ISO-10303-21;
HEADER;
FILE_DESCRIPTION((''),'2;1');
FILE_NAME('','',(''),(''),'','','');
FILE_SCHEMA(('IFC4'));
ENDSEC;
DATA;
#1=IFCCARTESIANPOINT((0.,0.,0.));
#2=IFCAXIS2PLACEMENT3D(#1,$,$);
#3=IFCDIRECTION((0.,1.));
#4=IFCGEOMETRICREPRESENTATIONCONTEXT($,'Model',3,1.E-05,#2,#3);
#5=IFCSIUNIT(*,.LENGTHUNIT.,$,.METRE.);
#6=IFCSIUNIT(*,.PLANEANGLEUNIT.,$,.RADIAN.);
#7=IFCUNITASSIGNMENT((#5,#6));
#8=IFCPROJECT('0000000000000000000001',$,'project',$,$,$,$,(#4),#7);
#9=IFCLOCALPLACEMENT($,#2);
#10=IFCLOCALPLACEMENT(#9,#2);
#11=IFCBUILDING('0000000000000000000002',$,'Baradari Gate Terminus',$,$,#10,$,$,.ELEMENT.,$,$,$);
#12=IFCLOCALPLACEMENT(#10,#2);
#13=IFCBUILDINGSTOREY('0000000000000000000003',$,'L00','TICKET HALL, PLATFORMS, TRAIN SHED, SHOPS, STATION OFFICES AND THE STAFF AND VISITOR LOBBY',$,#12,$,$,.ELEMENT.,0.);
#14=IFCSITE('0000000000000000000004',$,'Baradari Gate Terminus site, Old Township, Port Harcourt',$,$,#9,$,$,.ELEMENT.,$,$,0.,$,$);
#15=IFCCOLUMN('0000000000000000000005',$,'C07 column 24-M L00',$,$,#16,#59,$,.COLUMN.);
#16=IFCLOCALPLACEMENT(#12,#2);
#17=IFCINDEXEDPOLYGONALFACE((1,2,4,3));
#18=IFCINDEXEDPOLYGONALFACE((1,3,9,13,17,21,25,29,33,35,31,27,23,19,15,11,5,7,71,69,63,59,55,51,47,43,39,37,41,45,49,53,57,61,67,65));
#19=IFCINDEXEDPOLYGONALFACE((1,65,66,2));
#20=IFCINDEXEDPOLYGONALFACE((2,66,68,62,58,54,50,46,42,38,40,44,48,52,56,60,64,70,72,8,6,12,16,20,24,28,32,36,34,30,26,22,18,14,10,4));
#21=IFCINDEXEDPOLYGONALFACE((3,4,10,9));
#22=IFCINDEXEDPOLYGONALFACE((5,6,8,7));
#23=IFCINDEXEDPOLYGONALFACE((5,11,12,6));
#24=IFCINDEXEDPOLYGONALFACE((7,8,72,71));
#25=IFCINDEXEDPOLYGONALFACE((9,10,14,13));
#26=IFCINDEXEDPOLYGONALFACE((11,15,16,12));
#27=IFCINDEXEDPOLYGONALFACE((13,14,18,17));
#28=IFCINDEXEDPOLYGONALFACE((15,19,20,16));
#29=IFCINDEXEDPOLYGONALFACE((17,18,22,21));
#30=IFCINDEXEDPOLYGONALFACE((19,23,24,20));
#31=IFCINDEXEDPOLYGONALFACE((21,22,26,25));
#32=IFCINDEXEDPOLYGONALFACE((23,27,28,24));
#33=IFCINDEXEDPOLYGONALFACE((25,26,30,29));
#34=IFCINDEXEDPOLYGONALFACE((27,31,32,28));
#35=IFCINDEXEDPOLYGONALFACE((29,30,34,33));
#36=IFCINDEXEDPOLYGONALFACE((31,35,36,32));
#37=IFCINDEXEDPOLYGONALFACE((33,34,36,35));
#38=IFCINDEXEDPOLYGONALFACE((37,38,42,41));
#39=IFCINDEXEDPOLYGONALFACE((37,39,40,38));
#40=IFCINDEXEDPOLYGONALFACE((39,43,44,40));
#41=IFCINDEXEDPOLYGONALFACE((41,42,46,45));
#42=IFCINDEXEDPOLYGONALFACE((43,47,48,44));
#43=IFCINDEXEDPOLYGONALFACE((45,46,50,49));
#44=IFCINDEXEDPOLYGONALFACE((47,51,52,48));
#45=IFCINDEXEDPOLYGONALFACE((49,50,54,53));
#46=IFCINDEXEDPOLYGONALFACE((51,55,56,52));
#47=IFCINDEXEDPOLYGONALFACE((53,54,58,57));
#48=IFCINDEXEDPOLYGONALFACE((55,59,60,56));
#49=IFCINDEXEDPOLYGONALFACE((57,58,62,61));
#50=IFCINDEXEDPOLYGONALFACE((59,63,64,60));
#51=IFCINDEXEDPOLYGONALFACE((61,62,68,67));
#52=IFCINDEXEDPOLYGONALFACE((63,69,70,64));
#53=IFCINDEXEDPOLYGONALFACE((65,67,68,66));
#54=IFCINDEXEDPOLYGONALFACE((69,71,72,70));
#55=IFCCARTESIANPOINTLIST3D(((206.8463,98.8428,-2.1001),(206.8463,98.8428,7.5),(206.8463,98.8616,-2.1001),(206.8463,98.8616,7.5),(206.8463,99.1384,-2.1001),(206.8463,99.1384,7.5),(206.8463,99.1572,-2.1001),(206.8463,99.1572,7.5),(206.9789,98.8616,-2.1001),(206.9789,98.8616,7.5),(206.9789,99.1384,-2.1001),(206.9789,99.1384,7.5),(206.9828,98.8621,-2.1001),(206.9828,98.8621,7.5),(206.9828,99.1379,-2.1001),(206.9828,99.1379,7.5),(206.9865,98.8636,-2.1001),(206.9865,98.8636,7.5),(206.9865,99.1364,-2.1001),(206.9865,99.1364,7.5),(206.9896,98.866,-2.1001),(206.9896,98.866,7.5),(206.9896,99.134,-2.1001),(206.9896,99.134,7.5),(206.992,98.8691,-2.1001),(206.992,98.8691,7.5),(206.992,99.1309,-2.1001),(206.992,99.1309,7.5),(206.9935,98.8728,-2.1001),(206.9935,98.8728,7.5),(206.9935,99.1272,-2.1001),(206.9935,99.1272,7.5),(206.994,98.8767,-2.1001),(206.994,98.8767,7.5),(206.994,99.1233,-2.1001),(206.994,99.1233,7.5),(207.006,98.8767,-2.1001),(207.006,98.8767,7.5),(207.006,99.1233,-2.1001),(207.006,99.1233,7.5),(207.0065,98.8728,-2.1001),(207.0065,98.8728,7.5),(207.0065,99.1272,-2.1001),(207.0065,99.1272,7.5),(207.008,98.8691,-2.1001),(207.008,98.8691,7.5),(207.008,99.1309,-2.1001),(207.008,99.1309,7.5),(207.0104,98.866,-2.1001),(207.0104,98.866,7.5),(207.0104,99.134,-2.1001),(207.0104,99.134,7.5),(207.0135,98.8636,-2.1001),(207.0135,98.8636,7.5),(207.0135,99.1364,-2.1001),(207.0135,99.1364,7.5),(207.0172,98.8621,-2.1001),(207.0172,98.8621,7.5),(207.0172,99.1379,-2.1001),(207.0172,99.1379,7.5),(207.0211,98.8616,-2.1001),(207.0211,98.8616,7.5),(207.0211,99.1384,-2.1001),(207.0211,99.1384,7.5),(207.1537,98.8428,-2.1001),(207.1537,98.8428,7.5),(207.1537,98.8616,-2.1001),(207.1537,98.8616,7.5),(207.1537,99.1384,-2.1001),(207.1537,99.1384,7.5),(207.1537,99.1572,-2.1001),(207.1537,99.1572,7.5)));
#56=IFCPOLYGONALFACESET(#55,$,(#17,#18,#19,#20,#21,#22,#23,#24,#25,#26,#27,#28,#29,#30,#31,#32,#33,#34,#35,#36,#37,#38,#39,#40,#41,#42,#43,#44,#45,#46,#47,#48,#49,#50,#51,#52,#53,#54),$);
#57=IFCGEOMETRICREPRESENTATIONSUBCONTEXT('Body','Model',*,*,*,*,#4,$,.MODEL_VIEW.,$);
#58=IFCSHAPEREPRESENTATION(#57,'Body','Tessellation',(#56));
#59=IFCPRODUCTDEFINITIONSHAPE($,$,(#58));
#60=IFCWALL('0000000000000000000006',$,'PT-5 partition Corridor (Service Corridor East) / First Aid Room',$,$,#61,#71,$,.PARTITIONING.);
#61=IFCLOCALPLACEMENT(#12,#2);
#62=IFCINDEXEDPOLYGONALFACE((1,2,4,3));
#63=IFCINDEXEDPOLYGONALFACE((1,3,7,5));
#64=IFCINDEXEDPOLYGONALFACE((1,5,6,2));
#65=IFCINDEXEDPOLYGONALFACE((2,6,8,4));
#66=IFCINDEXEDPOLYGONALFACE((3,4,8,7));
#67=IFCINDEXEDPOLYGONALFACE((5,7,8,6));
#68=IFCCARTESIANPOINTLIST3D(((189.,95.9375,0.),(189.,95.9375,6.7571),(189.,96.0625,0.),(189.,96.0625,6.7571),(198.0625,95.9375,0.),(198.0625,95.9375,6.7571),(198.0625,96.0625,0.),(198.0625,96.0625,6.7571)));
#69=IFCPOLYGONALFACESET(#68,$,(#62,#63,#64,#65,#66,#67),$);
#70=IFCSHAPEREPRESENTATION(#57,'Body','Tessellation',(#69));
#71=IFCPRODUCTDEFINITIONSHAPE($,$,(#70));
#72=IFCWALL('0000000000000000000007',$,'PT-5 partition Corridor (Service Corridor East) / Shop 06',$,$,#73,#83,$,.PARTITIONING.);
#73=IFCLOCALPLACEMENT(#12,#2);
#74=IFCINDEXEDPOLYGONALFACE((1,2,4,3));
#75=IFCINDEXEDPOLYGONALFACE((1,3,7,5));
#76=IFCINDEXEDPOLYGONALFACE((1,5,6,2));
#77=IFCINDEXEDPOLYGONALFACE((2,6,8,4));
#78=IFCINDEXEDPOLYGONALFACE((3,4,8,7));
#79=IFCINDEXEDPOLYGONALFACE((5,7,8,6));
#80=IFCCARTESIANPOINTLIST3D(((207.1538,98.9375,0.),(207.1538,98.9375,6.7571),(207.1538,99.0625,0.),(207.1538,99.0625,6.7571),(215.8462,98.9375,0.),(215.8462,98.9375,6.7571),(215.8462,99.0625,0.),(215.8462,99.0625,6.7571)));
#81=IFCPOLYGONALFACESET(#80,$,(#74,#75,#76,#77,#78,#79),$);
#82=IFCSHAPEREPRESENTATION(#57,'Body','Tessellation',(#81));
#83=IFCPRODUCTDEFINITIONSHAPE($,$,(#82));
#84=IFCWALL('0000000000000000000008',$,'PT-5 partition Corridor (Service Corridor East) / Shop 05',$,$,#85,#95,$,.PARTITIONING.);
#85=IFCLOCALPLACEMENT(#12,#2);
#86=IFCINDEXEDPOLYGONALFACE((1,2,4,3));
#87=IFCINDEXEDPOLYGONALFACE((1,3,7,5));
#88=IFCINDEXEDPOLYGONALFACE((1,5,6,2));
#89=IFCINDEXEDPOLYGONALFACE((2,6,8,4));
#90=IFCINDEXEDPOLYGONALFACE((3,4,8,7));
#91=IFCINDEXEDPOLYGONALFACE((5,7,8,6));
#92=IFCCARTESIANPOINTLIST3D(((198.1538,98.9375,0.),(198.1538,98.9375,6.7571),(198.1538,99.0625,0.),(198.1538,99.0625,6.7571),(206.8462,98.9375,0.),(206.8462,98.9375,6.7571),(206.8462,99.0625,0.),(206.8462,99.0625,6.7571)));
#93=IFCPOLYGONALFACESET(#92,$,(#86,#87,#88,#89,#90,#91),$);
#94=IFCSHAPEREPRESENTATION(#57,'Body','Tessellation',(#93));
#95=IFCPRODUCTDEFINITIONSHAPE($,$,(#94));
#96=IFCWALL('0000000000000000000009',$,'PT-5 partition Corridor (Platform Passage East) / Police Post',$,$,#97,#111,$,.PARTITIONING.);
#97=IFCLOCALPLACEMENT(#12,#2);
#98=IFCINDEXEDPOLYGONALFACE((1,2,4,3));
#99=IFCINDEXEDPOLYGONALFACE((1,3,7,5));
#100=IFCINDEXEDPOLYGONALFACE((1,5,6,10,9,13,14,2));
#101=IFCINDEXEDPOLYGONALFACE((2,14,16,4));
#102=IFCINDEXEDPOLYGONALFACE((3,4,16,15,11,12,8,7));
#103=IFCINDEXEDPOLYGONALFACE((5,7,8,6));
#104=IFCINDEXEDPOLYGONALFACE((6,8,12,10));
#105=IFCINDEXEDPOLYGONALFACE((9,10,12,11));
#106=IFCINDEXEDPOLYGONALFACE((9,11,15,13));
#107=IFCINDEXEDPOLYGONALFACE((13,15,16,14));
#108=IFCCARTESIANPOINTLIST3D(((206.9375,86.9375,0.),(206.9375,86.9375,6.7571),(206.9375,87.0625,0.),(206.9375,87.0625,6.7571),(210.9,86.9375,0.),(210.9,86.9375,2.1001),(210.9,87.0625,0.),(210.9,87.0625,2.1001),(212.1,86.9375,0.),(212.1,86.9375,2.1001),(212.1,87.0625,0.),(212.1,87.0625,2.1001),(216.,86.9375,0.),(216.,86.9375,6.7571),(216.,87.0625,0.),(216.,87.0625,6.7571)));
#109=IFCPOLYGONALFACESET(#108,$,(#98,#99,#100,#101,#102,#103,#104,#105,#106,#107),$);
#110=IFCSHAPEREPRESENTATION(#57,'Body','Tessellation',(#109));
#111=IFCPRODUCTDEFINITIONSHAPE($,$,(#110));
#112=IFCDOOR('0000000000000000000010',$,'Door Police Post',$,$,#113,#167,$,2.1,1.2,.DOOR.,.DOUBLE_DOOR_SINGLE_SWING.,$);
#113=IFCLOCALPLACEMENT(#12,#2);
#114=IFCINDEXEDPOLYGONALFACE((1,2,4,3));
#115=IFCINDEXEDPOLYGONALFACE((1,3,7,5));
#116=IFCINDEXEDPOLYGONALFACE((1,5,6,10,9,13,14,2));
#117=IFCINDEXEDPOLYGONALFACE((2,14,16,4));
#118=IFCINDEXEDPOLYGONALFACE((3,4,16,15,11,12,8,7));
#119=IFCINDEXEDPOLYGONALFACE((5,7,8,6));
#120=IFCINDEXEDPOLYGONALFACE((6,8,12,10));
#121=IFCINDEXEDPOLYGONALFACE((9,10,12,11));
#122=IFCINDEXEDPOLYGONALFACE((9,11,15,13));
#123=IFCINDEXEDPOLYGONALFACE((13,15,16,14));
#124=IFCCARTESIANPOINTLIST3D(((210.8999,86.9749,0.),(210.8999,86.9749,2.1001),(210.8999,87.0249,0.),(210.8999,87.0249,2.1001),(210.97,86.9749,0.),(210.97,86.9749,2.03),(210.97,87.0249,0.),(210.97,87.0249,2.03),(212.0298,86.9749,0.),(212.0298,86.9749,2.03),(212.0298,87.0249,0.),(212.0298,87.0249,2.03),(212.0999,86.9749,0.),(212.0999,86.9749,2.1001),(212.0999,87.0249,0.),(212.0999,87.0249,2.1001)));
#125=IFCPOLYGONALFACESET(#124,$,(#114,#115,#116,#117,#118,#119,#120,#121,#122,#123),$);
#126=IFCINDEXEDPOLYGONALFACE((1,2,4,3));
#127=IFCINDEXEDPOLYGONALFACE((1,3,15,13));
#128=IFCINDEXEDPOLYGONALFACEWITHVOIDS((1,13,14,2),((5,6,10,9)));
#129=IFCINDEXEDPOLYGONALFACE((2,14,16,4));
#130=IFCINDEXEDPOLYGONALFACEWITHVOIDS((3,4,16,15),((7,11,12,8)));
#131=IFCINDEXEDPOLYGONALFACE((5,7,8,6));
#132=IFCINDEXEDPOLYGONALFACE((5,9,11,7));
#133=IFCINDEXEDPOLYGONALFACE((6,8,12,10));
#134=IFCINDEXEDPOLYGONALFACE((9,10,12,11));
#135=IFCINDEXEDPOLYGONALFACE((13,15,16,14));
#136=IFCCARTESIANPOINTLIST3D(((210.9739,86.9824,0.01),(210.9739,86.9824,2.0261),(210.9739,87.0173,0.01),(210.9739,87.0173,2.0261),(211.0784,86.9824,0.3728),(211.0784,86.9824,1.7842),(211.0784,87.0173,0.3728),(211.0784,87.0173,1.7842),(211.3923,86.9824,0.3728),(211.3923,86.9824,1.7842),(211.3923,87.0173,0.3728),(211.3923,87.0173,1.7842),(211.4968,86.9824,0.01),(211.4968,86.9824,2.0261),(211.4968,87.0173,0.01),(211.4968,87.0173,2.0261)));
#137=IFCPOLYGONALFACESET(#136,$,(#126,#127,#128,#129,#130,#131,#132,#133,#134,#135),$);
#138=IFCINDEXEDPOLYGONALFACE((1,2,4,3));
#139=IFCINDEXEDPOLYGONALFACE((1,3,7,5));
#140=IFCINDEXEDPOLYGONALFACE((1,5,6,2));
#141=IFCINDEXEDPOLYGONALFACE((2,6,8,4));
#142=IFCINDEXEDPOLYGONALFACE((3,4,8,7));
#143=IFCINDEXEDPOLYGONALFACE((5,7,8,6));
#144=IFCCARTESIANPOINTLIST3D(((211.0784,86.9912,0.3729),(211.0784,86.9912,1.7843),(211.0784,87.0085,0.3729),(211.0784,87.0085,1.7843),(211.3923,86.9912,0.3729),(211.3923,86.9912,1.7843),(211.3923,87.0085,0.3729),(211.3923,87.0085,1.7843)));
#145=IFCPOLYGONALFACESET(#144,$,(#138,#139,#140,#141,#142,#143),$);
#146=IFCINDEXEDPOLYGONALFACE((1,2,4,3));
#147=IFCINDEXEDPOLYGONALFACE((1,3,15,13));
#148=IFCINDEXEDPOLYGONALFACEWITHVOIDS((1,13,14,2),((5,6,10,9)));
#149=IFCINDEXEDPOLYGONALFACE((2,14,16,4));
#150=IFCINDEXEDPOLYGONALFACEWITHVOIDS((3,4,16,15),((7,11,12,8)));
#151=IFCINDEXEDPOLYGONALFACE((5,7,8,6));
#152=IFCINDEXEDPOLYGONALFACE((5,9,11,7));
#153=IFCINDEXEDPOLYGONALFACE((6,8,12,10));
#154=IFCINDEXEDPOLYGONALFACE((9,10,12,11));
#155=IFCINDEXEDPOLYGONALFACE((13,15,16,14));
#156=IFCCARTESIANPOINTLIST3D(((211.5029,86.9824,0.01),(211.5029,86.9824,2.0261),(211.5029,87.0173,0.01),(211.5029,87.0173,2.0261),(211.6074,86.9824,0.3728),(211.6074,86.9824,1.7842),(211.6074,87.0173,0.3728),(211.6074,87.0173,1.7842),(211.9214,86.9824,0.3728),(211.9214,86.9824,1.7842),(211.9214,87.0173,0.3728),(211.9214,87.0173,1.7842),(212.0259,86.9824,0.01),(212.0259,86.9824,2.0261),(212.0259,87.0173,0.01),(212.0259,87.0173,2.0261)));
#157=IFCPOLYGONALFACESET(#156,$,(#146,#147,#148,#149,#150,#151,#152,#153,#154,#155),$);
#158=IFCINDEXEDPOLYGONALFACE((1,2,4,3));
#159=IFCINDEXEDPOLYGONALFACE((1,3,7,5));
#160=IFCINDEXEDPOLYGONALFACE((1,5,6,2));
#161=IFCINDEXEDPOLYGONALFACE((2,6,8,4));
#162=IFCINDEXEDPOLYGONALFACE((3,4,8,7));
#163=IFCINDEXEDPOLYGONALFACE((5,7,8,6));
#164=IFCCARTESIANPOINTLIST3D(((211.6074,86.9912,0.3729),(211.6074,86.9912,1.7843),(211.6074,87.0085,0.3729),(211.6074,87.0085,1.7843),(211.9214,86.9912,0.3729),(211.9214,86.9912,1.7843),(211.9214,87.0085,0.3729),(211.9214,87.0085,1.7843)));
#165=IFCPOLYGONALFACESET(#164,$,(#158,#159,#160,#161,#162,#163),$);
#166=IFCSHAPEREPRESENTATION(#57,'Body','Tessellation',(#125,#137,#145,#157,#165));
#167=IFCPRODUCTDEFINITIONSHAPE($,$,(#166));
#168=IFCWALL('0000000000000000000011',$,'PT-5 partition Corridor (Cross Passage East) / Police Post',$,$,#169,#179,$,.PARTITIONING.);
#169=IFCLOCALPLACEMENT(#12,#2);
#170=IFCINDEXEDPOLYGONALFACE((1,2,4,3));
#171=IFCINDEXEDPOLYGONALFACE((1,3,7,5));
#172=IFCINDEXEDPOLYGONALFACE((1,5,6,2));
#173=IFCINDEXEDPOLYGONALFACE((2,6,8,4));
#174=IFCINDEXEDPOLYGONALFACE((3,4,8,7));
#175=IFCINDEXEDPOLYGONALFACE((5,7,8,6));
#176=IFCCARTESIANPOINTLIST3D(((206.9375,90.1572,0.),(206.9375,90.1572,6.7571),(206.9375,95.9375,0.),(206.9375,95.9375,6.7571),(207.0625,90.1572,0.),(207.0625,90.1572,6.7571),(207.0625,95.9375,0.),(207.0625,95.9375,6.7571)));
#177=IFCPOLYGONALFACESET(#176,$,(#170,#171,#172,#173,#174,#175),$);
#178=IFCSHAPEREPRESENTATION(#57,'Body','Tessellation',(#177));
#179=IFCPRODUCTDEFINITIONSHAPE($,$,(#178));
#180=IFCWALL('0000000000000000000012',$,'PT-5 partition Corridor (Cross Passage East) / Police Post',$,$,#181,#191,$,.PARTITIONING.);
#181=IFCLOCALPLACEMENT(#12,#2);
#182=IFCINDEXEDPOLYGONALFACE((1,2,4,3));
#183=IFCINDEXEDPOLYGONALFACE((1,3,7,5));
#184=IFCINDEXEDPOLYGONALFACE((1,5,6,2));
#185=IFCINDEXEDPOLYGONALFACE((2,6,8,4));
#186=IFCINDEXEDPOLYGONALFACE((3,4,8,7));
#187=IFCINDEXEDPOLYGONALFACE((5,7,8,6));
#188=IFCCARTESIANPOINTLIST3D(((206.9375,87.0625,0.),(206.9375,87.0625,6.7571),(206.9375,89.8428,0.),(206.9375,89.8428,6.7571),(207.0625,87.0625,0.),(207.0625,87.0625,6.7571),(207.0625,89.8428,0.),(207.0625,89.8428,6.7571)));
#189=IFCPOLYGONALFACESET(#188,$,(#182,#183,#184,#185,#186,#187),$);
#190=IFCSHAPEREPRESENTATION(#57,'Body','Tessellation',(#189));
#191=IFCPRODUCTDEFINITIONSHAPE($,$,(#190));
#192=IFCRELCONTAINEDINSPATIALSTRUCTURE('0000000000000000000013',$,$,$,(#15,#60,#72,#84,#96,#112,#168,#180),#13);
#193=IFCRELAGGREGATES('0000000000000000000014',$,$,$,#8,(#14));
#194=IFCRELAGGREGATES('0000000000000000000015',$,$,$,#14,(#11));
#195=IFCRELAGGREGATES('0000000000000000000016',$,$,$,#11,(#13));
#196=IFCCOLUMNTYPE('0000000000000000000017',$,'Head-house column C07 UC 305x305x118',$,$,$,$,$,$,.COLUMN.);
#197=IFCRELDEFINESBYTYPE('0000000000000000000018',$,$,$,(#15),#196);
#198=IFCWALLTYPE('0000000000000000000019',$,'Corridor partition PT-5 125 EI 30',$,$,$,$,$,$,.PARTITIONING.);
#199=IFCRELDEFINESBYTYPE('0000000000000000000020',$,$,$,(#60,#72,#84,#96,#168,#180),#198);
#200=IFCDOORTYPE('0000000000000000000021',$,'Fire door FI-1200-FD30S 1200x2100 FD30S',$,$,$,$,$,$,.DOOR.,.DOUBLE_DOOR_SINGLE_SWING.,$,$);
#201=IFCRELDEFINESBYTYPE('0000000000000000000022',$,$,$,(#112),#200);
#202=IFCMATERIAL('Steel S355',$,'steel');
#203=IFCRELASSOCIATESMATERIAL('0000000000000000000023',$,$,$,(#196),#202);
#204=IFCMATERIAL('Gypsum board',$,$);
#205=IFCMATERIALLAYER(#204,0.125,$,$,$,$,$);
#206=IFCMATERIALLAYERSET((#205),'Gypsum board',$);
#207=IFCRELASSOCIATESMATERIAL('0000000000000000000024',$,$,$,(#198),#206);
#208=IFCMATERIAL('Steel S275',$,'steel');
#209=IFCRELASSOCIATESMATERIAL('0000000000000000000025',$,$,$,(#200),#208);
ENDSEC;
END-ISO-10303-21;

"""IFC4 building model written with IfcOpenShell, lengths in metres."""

from ifc_helpers import new_model, si_unit, direction, frame, frame_2d, origin, origin_2d, place, context, subcontext, project, spatial, polyline, rectangle, i_section, outline, extrude, material, layer, layer_set, material_profile, profile_set, type_object, element, fill, save


model = new_model("IFC4")

# Units and contexts
model_context = context("Model", 3, precision=1e-05, world=origin(), true_north=direction((0.0, 1.0)))
body_context = subcontext(model_context, "Body", "Model", "MODEL_VIEW")
ifc_project = project(units=[si_unit("LENGTHUNIT", "METRE"), si_unit("PLANEANGLEUNIT", "RADIAN")], contexts=[model_context])

# Site, building, storey
site_placement = place(None, origin())
site = spatial("IfcSite", under=ifc_project, at=site_placement, Name="Baradari Gate Terminus site, Old Township, Port Harcourt", CompositionType="ELEMENT", RefElevation=0.0)
building_placement = place(site_placement, origin())
building = spatial("IfcBuilding", under=site, at=building_placement, Name="Baradari Gate Terminus", CompositionType="ELEMENT")
storey_placement = place(building_placement, origin())
storey = spatial("IfcBuildingStorey", under=building, at=storey_placement, Name="L00", Description="TICKET HALL, PLATFORMS, TRAIN SHED, SHOPS, STATION OFFICES AND THE STAFF AND VISITOR LOBBY", CompositionType="ELEMENT", Elevation=0.0)

# Column
ifc_material_1 = material(Name="Steel S355", Category="steel")
ifc_material_profile = material_profile(ifc_material_1, i_section(OverallWidth=0.3074, OverallDepth=0.3145, WebThickness=0.012, FlangeThickness=0.0188, FilletRadius=0.0151, at=origin_2d()), Name="UC 305x305x118")
ifc_profile_set = profile_set([ifc_material_profile], Name="Steel S355")
column_type = type_object("IfcColumnType", Name="Head-house column C07 UC 305x305x118", PredefinedType="COLUMN", material=ifc_profile_set)
for number, where, z_axis, x_axis, name in (
    (1, (207.0, 99.0, -2.1001), (0.0, 0.0, 1.0), (1.0, 0.0, 0.0), "C07 column 24-M L00"),
):
    element("IfcColumn", number, at=place(storey_placement, frame(where, z_axis=z_axis, x_axis=x_axis)), inside=storey, type_object=column_type, Name=name, PredefinedType="COLUMN", context=body_context, shape_type="SweptSolid", body=[
        extrude(i_section(OverallWidth=0.3074, OverallDepth=0.3145, WebThickness=0.012, FlangeThickness=0.0188, FilletRadius=0.0151, at=origin_2d()), origin(), (0.0, 0.0, 1.0), 9.6001),
    ])

# Walls
ifc_material_2 = material(Name="Gypsum board")
ifc_layer = layer(ifc_material_2, 0.125)
ifc_layer_set = layer_set([ifc_layer], Name="Gypsum board")
wall_type = type_object("IfcWallType", Name="Corridor partition PT-5 125 EI 30", PredefinedType="PARTITIONING", material=ifc_layer_set)
wall_1_placement = place(storey_placement, frame((198.0625, 96.0, 0.0), z_axis=(0.0, 0.0, 1.0), x_axis=(-1.0, 0.0, 0.0)))
element("IfcWall", 2, at=wall_1_placement, inside=storey, type_object=wall_type, Name="PT-5 partition Corridor (Service Corridor East) / First Aid Room", PredefinedType="PARTITIONING", context=body_context, shape_type="SweptSolid", body=[
    extrude(rectangle(XDim=9.0625, YDim=0.125, at=frame_2d((4.5312, 0.0))), origin(), (0.0, 0.0, 1.0), 6.7571),
])
for number, where, z_axis, x_axis, name in (
    (3, (207.1538, 99.0, 0.0), (0.0, 0.0, 1.0), (1.0, 0.0, 0.0), "PT-5 partition Corridor (Service Corridor East) / Shop 06"),
    (4, (198.1538, 99.0, 0.0), (0.0, 0.0, 1.0), (1.0, 0.0, 0.0), "PT-5 partition Corridor (Service Corridor East) / Shop 05"),
):
    element("IfcWall", number, at=place(storey_placement, frame(where, z_axis=z_axis, x_axis=x_axis)), inside=storey, type_object=wall_type, Name=name, PredefinedType="PARTITIONING", context=body_context, shape_type="SweptSolid", body=[
        extrude(rectangle(XDim=8.6924, YDim=0.125, at=frame_2d((4.3462, 0.0))), origin(), (0.0, 0.0, 1.0), 6.7571),
    ])

# Wall, opening, door
wall_2_placement = place(storey_placement, frame((206.9375, 87.0, 0.0), z_axis=(0.0, 0.0, 1.0), x_axis=(1.0, 0.0, 0.0)))
wall_2 = element("IfcWall", 5, at=wall_2_placement, inside=storey, type_object=wall_type, Name="PT-5 partition Corridor (Platform Passage East) / Police Post", PredefinedType="PARTITIONING", context=body_context, shape_type="SweptSolid", body=[
    extrude(rectangle(XDim=9.0625, YDim=0.125, at=frame_2d((4.5312, 0.0))), origin(), (0.0, 0.0, 1.0), 6.7571),
])
opening_placement = place(wall_2_placement, frame((3.9624, 0.0, 0.0)))
opening = element("IfcOpeningElement", 6, at=opening_placement, cuts=wall_2, PredefinedType="OPENING", context=body_context, shape_type="SweptSolid", body=[
    extrude(rectangle(XDim=1.2, YDim=2.1001, at=frame_2d((0.6001, 1.05))), frame((0.0, 0.0725, 0.0), z_axis=(0.0, -1.0, 0.0), x_axis=(1.0, 0.0, 0.0)), (0.0, 0.0, 1.0), 0.145),
])
ifc_material_3 = material(Name="Steel S275", Category="steel")
door_type = type_object("IfcDoorType", Name="Fire door FI-1200-FD30S 1200x2100 FD30S", OperationType="DOUBLE_DOOR_SINGLE_SWING", PredefinedType="DOOR", material=ifc_material_3)
door_placement = place(opening_placement, origin())
door = element("IfcDoor", 7, at=door_placement, inside=storey, type_object=door_type, Name="Door Police Post", OperationType="DOUBLE_DOOR_SINGLE_SWING", OverallHeight=2.1, OverallWidth=1.2, PredefinedType="DOOR", context=body_context, shape_type="SweptSolid", body=[
    extrude(outline(polyline([(0.0, 0.0), (0.0701, 0.0), (0.0701, 2.03), (1.1299, 2.03), (1.1299, 0.0), (1.2, 0.0), (1.2, 2.1001), (0.0, 2.1001), (0.0, 0.0)])), frame((0.0, 0.0249, 0.0), z_axis=(0.0, -1.0, 0.0), x_axis=(1.0, 0.0, 0.0)), (0.0, 0.0, 1.0), 0.05),
    extrude(outline(polyline([(0.074, 0.01), (0.5969, 0.01), (0.5969, 2.0261), (0.074, 2.0261), (0.074, 0.01)]), holes=[polyline([(0.1785, 0.3728), (0.4924, 0.3728), (0.4924, 1.7842), (0.1785, 1.7842), (0.1785, 0.3728)])]), frame((0.0, 0.0173, 0.0), z_axis=(0.0, -1.0, 0.0), x_axis=(1.0, 0.0, 0.0)), (0.0, 0.0, 1.0), 0.0349),
    extrude(rectangle(XDim=0.314, YDim=1.4114, at=frame_2d((0.3354, 1.0786))), frame((0.0, 0.0085, 0.0), z_axis=(0.0, -1.0, 0.0), x_axis=(1.0, 0.0, 0.0)), (0.0, 0.0, 1.0), 0.0173),
    extrude(outline(polyline([(0.603, 0.01), (1.126, 0.01), (1.126, 2.0261), (0.603, 2.0261), (0.603, 0.01)]), holes=[polyline([(0.7075, 0.3728), (1.0215, 0.3728), (1.0215, 1.7842), (0.7075, 1.7842), (0.7075, 0.3728)])]), frame((0.0, 0.0173, 0.0), z_axis=(0.0, -1.0, 0.0), x_axis=(1.0, 0.0, 0.0)), (0.0, 0.0, 1.0), 0.0349),
    extrude(rectangle(XDim=0.314, YDim=1.4114, at=frame_2d((0.8645, 1.0786))), frame((0.0, 0.0085, 0.0), z_axis=(0.0, -1.0, 0.0), x_axis=(1.0, 0.0, 0.0)), (0.0, 0.0, 1.0), 0.0173),
])
fill(opening, door)

# Walls
wall_3_placement = place(storey_placement, frame((207.0, 95.9375, 0.0), z_axis=(0.0, 0.0, 1.0), x_axis=(0.0, -1.0, 0.0)))
element("IfcWall", 8, at=wall_3_placement, inside=storey, type_object=wall_type, Name="PT-5 partition Corridor (Cross Passage East) / Police Post", PredefinedType="PARTITIONING", context=body_context, shape_type="SweptSolid", body=[
    extrude(rectangle(XDim=5.7803, YDim=0.125, at=frame_2d((2.8901, 0.0))), origin(), (0.0, 0.0, 1.0), 6.7571),
])
wall_4_placement = place(storey_placement, frame((207.0, 89.8428, 0.0), z_axis=(0.0, 0.0, 1.0), x_axis=(0.0, -1.0, 0.0)))
element("IfcWall", 9, at=wall_4_placement, inside=storey, type_object=wall_type, Name="PT-5 partition Corridor (Cross Passage East) / Police Post", PredefinedType="PARTITIONING", context=body_context, shape_type="SweptSolid", body=[
    extrude(rectangle(XDim=2.7803, YDim=0.125, at=frame_2d((1.3901, 0.0))), origin(), (0.0, 0.0, 1.0), 6.7571),
])

save(model, "model.ifc")
